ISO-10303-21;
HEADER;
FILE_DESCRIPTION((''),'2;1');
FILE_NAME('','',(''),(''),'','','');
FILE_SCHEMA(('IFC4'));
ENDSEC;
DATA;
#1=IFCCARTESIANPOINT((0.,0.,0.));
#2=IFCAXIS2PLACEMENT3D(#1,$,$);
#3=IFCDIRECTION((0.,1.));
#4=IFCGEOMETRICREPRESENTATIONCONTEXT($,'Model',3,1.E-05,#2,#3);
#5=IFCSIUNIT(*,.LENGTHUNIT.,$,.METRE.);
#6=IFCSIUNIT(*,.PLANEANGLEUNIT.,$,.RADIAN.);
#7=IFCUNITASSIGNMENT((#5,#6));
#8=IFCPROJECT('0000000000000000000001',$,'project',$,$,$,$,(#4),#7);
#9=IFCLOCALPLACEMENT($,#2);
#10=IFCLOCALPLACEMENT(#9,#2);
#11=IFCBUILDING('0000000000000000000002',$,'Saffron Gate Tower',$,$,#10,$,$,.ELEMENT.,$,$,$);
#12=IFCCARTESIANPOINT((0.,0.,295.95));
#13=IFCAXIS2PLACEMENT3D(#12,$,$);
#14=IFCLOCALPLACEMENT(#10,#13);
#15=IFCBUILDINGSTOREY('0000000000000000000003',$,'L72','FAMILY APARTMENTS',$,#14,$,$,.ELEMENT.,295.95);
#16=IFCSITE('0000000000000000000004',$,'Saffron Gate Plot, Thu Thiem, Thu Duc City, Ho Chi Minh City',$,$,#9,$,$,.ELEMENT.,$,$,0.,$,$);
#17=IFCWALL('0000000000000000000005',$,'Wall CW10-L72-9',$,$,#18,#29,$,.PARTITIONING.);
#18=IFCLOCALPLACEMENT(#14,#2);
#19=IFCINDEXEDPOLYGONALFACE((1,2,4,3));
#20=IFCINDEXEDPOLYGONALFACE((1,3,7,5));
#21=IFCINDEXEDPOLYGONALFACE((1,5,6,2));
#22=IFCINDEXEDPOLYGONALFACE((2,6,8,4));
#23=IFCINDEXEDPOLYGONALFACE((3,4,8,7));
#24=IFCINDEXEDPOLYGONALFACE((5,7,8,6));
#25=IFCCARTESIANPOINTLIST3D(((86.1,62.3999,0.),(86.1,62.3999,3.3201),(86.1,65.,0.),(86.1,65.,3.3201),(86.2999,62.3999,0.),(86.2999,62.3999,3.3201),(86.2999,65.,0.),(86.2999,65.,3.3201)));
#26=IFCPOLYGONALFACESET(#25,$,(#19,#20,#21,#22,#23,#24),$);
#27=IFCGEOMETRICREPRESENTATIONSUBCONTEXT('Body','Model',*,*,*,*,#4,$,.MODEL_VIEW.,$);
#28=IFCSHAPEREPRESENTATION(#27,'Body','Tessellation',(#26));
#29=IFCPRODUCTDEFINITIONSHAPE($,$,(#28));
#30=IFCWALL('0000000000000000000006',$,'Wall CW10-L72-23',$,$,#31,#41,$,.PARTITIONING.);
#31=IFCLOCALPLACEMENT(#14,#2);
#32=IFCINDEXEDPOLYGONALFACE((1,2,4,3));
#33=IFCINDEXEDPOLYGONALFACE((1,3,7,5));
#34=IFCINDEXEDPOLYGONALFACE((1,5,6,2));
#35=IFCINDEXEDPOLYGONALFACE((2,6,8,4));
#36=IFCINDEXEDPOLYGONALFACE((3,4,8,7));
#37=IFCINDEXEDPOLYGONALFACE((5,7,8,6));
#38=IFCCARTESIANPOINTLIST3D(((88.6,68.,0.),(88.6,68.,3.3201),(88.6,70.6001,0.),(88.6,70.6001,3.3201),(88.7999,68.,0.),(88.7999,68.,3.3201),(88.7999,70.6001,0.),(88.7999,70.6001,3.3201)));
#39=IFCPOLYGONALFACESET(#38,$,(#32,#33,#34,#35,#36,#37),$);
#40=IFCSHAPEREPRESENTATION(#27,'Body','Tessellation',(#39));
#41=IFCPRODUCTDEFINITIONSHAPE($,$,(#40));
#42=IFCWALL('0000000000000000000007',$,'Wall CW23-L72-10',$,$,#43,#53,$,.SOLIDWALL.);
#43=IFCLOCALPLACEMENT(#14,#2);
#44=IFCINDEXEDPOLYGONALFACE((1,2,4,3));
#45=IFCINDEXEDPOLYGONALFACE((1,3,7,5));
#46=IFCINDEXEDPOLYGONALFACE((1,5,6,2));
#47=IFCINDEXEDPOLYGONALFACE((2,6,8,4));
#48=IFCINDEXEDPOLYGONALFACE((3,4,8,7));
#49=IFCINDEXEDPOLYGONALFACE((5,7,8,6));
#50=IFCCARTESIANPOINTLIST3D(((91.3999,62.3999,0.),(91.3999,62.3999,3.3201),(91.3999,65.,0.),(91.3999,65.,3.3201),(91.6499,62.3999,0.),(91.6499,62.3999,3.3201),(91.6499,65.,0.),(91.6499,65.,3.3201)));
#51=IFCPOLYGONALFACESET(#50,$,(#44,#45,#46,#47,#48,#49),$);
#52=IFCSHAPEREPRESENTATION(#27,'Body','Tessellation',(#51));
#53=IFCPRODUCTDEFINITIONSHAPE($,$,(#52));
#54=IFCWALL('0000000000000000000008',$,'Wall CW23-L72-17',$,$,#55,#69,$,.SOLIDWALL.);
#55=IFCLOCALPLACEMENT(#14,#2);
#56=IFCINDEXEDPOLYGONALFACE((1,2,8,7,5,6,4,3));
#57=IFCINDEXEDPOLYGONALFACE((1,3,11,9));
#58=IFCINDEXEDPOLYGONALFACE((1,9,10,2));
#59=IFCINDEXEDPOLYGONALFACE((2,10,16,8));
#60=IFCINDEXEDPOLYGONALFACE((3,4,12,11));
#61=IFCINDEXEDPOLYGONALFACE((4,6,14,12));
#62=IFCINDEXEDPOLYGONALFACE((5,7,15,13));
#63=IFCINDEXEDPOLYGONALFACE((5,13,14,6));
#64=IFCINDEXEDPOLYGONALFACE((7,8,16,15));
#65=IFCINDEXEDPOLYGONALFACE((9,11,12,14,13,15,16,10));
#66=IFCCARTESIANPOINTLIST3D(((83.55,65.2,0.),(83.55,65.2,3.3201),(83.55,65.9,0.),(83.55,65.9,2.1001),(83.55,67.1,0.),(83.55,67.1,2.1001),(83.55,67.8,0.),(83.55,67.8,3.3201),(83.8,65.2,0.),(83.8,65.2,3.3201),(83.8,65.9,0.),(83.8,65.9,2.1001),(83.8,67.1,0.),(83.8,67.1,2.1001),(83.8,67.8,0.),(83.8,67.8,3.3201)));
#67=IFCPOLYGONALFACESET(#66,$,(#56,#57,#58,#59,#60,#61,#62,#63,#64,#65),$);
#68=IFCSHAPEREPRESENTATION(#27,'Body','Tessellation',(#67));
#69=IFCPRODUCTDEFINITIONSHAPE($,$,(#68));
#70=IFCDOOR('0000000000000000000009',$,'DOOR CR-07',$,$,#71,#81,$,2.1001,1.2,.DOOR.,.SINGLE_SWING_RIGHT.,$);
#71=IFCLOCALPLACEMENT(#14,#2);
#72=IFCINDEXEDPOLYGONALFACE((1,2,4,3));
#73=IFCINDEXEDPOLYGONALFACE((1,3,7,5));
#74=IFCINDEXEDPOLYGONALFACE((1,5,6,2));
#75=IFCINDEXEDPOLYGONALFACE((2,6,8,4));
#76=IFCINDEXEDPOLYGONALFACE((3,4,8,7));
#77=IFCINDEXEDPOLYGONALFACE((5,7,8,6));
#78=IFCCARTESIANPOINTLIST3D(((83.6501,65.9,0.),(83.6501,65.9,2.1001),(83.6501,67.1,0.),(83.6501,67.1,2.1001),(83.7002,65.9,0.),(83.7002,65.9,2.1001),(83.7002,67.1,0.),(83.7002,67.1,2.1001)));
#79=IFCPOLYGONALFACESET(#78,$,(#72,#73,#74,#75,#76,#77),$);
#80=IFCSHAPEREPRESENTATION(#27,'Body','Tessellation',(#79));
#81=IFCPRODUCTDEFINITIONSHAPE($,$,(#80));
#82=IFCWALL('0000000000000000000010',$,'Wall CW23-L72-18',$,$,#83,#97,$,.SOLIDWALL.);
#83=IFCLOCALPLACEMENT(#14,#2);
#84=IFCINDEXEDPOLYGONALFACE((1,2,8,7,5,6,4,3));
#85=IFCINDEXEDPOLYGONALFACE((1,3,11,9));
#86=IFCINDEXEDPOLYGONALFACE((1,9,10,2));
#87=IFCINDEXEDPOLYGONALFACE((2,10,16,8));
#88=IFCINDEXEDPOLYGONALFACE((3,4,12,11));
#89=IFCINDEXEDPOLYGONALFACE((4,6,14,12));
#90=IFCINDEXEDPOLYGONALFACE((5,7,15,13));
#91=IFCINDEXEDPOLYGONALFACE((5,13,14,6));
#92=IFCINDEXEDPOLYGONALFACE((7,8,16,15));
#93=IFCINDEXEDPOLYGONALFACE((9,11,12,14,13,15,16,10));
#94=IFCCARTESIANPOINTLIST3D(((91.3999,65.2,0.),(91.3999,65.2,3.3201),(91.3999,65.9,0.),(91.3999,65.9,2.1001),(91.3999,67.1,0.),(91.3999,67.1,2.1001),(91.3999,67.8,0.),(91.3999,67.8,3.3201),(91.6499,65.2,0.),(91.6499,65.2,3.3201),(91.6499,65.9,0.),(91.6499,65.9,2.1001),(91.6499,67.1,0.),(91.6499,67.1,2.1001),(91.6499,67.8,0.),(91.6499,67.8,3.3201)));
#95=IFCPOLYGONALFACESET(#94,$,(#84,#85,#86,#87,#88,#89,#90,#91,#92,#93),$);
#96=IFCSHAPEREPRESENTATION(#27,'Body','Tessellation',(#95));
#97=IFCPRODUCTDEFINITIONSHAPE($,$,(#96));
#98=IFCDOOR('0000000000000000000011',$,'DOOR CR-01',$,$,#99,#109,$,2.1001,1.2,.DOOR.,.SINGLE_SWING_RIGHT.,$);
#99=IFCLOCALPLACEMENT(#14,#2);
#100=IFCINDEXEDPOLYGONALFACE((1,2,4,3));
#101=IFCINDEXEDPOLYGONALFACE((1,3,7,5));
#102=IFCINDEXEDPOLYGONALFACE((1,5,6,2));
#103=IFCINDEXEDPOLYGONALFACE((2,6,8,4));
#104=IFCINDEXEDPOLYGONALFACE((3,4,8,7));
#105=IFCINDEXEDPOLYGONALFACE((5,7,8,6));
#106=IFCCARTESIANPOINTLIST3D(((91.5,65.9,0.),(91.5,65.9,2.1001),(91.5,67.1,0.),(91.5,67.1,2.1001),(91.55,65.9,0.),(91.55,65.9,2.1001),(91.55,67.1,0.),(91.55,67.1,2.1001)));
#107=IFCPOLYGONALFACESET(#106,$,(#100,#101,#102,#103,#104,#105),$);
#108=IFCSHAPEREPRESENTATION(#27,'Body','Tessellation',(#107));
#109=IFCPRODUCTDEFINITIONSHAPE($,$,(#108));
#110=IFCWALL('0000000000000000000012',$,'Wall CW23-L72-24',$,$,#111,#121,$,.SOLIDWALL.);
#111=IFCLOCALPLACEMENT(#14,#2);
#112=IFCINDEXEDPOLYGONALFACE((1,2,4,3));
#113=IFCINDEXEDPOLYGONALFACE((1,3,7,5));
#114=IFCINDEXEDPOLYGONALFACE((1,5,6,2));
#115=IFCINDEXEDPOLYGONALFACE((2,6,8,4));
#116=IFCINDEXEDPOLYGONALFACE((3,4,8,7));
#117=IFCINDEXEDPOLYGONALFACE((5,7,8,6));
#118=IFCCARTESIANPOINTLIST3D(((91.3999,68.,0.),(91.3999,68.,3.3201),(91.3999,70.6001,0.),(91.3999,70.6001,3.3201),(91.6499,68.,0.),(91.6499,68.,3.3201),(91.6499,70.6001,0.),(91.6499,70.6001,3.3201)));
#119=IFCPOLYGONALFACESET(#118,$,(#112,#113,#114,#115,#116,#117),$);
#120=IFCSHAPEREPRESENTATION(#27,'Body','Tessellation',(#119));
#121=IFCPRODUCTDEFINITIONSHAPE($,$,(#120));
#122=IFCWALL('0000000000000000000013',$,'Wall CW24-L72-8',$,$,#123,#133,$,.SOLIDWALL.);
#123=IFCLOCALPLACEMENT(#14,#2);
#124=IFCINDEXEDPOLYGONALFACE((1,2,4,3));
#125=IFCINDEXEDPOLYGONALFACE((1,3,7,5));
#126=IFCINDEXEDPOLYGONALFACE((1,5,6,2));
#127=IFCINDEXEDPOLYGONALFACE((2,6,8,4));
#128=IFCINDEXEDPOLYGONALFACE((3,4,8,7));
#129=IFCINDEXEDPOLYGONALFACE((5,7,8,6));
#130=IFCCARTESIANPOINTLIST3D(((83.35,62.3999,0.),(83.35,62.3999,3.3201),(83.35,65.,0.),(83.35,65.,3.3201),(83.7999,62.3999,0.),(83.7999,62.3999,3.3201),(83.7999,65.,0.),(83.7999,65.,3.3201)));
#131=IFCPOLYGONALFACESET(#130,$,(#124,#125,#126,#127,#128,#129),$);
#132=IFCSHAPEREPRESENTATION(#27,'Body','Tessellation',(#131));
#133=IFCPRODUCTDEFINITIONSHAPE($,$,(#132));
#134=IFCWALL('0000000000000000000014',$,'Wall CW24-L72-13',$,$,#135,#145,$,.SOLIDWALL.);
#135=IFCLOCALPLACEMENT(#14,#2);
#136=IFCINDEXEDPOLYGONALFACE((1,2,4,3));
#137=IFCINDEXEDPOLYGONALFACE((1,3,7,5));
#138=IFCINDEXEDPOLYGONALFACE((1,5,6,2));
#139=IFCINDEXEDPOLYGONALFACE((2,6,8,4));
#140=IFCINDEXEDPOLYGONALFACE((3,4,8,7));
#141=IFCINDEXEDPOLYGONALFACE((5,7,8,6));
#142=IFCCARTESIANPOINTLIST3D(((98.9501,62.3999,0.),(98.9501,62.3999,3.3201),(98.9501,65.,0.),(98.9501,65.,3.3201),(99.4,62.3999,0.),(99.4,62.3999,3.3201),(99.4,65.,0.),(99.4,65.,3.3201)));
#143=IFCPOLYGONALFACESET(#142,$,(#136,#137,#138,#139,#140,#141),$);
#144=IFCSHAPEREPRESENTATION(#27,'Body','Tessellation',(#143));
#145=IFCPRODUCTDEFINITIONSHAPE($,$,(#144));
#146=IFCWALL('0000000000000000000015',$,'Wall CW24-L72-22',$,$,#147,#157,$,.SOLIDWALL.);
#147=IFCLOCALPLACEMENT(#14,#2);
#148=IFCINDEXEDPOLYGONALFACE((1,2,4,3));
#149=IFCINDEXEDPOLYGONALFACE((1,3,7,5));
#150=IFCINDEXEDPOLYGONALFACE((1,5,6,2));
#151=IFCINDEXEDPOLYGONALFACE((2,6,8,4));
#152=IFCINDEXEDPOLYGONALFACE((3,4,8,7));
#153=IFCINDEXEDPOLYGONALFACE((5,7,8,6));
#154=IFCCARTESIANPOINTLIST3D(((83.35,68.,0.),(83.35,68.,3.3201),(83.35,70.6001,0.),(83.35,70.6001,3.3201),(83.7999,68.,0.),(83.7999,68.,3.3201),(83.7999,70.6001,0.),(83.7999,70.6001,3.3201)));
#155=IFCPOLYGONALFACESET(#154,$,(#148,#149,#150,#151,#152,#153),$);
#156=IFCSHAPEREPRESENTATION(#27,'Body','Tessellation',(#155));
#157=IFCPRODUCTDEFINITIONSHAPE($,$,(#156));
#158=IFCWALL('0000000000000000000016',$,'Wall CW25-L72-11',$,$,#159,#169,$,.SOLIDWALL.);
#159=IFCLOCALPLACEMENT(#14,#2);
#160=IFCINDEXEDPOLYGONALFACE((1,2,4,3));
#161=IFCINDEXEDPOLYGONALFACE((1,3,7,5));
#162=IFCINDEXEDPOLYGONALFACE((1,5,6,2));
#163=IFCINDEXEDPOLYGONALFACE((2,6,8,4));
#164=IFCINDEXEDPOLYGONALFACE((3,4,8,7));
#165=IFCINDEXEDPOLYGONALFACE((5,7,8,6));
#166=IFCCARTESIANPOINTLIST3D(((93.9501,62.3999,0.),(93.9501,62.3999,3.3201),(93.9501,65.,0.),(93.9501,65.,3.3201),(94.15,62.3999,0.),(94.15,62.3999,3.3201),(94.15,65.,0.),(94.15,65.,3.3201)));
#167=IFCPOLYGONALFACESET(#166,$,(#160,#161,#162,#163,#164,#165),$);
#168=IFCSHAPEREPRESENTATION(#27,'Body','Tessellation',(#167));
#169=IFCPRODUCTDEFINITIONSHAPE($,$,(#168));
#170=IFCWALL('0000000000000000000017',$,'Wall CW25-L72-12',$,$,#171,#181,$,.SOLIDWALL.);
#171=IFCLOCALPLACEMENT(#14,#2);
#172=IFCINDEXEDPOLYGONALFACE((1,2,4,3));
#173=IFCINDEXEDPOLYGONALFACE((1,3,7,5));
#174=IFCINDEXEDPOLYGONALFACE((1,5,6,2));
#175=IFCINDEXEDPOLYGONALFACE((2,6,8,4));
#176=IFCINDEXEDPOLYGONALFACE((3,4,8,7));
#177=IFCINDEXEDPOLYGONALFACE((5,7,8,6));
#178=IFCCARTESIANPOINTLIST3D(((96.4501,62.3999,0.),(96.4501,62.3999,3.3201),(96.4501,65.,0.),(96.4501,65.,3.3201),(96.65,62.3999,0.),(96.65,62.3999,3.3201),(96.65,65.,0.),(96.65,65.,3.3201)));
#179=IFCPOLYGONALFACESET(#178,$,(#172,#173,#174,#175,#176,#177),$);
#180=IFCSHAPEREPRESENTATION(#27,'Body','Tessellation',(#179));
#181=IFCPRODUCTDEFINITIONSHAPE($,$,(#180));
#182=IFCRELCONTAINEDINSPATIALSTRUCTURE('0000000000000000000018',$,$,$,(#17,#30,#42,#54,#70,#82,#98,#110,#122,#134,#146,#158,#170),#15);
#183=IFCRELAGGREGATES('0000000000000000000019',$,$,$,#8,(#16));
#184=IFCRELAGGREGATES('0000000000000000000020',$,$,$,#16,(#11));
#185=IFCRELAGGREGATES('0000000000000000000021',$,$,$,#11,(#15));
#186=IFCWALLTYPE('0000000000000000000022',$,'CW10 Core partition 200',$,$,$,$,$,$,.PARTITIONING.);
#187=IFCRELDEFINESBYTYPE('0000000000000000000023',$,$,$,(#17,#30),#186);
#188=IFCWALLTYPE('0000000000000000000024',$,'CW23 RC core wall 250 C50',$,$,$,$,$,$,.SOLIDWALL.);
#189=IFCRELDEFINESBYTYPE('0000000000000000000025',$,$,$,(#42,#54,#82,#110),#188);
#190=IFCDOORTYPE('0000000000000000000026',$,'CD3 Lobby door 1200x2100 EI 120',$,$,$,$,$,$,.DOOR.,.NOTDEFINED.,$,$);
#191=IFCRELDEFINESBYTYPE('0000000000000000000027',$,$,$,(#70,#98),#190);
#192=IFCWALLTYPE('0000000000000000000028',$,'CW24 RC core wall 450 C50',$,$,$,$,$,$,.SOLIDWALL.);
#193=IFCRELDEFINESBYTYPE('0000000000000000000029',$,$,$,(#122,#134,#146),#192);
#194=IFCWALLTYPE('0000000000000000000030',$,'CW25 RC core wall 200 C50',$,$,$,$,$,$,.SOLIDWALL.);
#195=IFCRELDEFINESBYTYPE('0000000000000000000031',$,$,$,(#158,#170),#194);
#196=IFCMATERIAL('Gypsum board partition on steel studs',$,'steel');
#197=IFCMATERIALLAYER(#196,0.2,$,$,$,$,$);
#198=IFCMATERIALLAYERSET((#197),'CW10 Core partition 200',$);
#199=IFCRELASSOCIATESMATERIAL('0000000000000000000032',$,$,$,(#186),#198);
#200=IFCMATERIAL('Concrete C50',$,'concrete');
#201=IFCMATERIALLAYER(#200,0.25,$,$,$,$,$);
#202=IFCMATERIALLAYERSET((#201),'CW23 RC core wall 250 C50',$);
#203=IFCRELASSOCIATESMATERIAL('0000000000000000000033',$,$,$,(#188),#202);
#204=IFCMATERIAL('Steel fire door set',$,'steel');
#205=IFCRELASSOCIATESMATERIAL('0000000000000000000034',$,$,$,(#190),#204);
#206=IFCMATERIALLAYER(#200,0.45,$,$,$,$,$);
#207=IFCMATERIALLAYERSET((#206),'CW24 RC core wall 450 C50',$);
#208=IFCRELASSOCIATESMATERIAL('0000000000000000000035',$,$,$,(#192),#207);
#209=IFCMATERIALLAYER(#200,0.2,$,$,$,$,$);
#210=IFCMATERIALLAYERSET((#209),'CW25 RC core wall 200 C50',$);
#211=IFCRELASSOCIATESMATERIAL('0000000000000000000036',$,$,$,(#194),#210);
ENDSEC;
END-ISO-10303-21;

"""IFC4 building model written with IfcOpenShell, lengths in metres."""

from ifc_helpers import new_model, si_unit, direction, frame, frame_2d, origin, place, context, subcontext, project, spatial, rectangle, extrude, material, layer, layer_set, type_object, element, fill, save


model = new_model("IFC4")

# Units and contexts
model_context = context("Model", 3, precision=1e-05, world=origin(), true_north=direction((0.0, 1.0)))
body_context = subcontext(model_context, "Body", "Model", "MODEL_VIEW")
ifc_project = project(units=[si_unit("LENGTHUNIT", "METRE"), si_unit("PLANEANGLEUNIT", "RADIAN")], contexts=[model_context])

# Site, building, storey
site_placement = place(None, origin())
site = spatial("IfcSite", under=ifc_project, at=site_placement, Name="Saffron Gate Plot, Thu Thiem, Thu Duc City, Ho Chi Minh City", CompositionType="ELEMENT", RefElevation=0.0)
building_placement = place(site_placement, origin())
building = spatial("IfcBuilding", under=site, at=building_placement, Name="Saffron Gate Tower", CompositionType="ELEMENT")
storey_placement = place(building_placement, frame((0.0, 0.0, 295.95)))
storey = spatial("IfcBuildingStorey", under=building, at=storey_placement, Name="L72", Description="FAMILY APARTMENTS", CompositionType="ELEMENT", Elevation=295.95)

# Walls
ifc_material_1 = material(Name="Gypsum board partition on steel studs", Category="steel")
ifc_layer_1 = layer(ifc_material_1, 0.2)
ifc_layer_set_1 = layer_set([ifc_layer_1], Name="CW10 Core partition 200")
wall_type_1 = type_object("IfcWallType", Name="CW10 Core partition 200", PredefinedType="PARTITIONING", material=ifc_layer_set_1)
for number, where, z_axis, x_axis, name in (
    (1, (86.2, 62.3999, 0.0), (0.0, 0.0, 1.0), (0.0, 1.0, 0.0), "Wall CW10-L72-9"),
    (2, (88.7, 68.0, 0.0), (0.0, 0.0, 1.0), (0.0, 1.0, 0.0), "Wall CW10-L72-23"),
):
    element("IfcWall", number, at=place(storey_placement, frame(where, z_axis=z_axis, x_axis=x_axis)), inside=storey, type_object=wall_type_1, Name=name, PredefinedType="PARTITIONING", context=body_context, shape_type="SweptSolid", body=[
        extrude(rectangle(XDim=2.6001, YDim=0.2, at=frame_2d((1.3, 0.0))), origin(), (0.0, 0.0, 1.0), 3.3201),
    ])
ifc_material_2 = material(Name="Concrete C50", Category="concrete")
ifc_layer_2 = layer(ifc_material_2, 0.25)
ifc_layer_set_2 = layer_set([ifc_layer_2], Name="CW23 RC core wall 250 C50")
wall_type_2 = type_object("IfcWallType", Name="CW23 RC core wall 250 C50", PredefinedType="SOLIDWALL", material=ifc_layer_set_2)
wall_1_placement = place(storey_placement, frame((91.5249, 62.3999, 0.0), z_axis=(0.0, 0.0, 1.0), x_axis=(0.0, 1.0, 0.0)))
element("IfcWall", 3, at=wall_1_placement, inside=storey, type_object=wall_type_2, Name="Wall CW23-L72-10", PredefinedType="SOLIDWALL", context=body_context, shape_type="SweptSolid", body=[
    extrude(rectangle(XDim=2.6001, YDim=0.25, at=frame_2d((1.3, 0.0))), origin(), (0.0, 0.0, 1.0), 3.3201),
])

# Walls, openings, doors
wall_2_placement = place(storey_placement, frame((83.675, 65.2, 0.0), z_axis=(0.0, 0.0, 1.0), x_axis=(0.0, 1.0, 0.0)))
wall_2 = element("IfcWall", 4, at=wall_2_placement, inside=storey, type_object=wall_type_2, Name="Wall CW23-L72-17", PredefinedType="SOLIDWALL", context=body_context, shape_type="SweptSolid", body=[
    extrude(rectangle(XDim=2.6001, YDim=0.25, at=frame_2d((1.3, 0.0))), origin(), (0.0, 0.0, 1.0), 3.3201),
])
opening_1_placement = place(wall_2_placement, frame((0.7, 0.0, 0.0)))
opening_1 = element("IfcOpeningElement", 5, at=opening_1_placement, cuts=wall_2, PredefinedType="OPENING", context=body_context, shape_type="SweptSolid", body=[
    extrude(rectangle(XDim=1.2, YDim=2.1001, at=frame_2d((0.6001, 1.05))), frame((0.0, 0.135, 0.0), z_axis=(0.0, -1.0, 0.0), x_axis=(1.0, 0.0, 0.0)), (0.0, 0.0, 1.0), 0.27),
])
ifc_material_3 = material(Name="Steel fire door set", Category="steel")
door_type_1 = type_object("IfcDoorType", Name="CD3 Lobby door 1200x2100 EI 120", OperationType="NOTDEFINED", PredefinedType="DOOR", material=ifc_material_3)
door_1_placement = place(opening_1_placement, origin())
door_1 = element("IfcDoor", 6, at=door_1_placement, inside=storey, type_object=door_type_1, Name="DOOR CR-07", OperationType="SINGLE_SWING_RIGHT", OverallHeight=2.1001, OverallWidth=1.2, PredefinedType="DOOR", context=body_context, shape_type="SweptSolid", body=[
    extrude(rectangle(XDim=1.2, YDim=2.1001, at=frame_2d((0.6001, 1.05))), frame((0.0, 0.0249, 0.0), z_axis=(0.0, -1.0, 0.0), x_axis=(1.0, 0.0, 0.0)), (0.0, 0.0, 1.0), 0.05),
])
fill(opening_1, door_1)
wall_3_placement = place(storey_placement, frame((91.5249, 65.2, 0.0), z_axis=(0.0, 0.0, 1.0), x_axis=(0.0, 1.0, 0.0)))
wall_3 = element("IfcWall", 7, at=wall_3_placement, inside=storey, type_object=wall_type_2, Name="Wall CW23-L72-18", PredefinedType="SOLIDWALL", context=body_context, shape_type="SweptSolid", body=[
    extrude(rectangle(XDim=2.6001, YDim=0.25, at=frame_2d((1.3, 0.0))), origin(), (0.0, 0.0, 1.0), 3.3201),
])
opening_2_placement = place(wall_3_placement, frame((0.7, 0.0, 0.0)))
opening_2 = element("IfcOpeningElement", 8, at=opening_2_placement, cuts=wall_3, PredefinedType="OPENING", context=body_context, shape_type="SweptSolid", body=[
    extrude(rectangle(XDim=1.2, YDim=2.1001, at=frame_2d((0.6001, 1.05))), frame((0.0, 0.135, 0.0), z_axis=(0.0, -1.0, 0.0), x_axis=(1.0, 0.0, 0.0)), (0.0, 0.0, 1.0), 0.27),
])
door_2_placement = place(opening_2_placement, origin())
door_2 = element("IfcDoor", 9, at=door_2_placement, inside=storey, type_object=door_type_1, Name="DOOR CR-01", OperationType="SINGLE_SWING_RIGHT", OverallHeight=2.1001, OverallWidth=1.2, PredefinedType="DOOR", context=body_context, shape_type="SweptSolid", body=[
    extrude(rectangle(XDim=1.2, YDim=2.1001, at=frame_2d((0.6001, 1.05))), frame((0.0, 0.0249, 0.0), z_axis=(0.0, -1.0, 0.0), x_axis=(1.0, 0.0, 0.0)), (0.0, 0.0, 1.0), 0.05),
])
fill(opening_2, door_2)

# Walls
wall_4_placement = place(storey_placement, frame((91.5249, 68.0, 0.0), z_axis=(0.0, 0.0, 1.0), x_axis=(0.0, 1.0, 0.0)))
element("IfcWall", 10, at=wall_4_placement, inside=storey, type_object=wall_type_2, Name="Wall CW23-L72-24", PredefinedType="SOLIDWALL", context=body_context, shape_type="SweptSolid", body=[
    extrude(rectangle(XDim=2.6001, YDim=0.25, at=frame_2d((1.3, 0.0))), origin(), (0.0, 0.0, 1.0), 3.3201),
])
ifc_layer_3 = layer(ifc_material_2, 0.45)
ifc_layer_set_3 = layer_set([ifc_layer_3], Name="CW24 RC core wall 450 C50")
wall_type_3 = type_object("IfcWallType", Name="CW24 RC core wall 450 C50", PredefinedType="SOLIDWALL", material=ifc_layer_set_3)
for number, where, z_axis, x_axis, name in (
    (11, (83.575, 62.3999, 0.0), (0.0, 0.0, 1.0), (0.0, 1.0, 0.0), "Wall CW24-L72-8"),
    (12, (99.175, 62.3999, 0.0), (0.0, 0.0, 1.0), (0.0, 1.0, 0.0), "Wall CW24-L72-13"),
    (13, (83.575, 68.0, 0.0), (0.0, 0.0, 1.0), (0.0, 1.0, 0.0), "Wall CW24-L72-22"),
):
    element("IfcWall", number, at=place(storey_placement, frame(where, z_axis=z_axis, x_axis=x_axis)), inside=storey, type_object=wall_type_3, Name=name, PredefinedType="SOLIDWALL", context=body_context, shape_type="SweptSolid", body=[
        extrude(rectangle(XDim=2.6001, YDim=0.45, at=frame_2d((1.3, 0.0))), origin(), (0.0, 0.0, 1.0), 3.3201),
    ])
ifc_layer_4 = layer(ifc_material_2, 0.2)
ifc_layer_set_4 = layer_set([ifc_layer_4], Name="CW25 RC core wall 200 C50")
wall_type_4 = type_object("IfcWallType", Name="CW25 RC core wall 200 C50", PredefinedType="SOLIDWALL", material=ifc_layer_set_4)
for number, where, z_axis, x_axis, name in (
    (14, (94.05, 62.3999, 0.0), (0.0, 0.0, 1.0), (0.0, 1.0, 0.0), "Wall CW25-L72-11"),
    (15, (96.55, 62.3999, 0.0), (0.0, 0.0, 1.0), (0.0, 1.0, 0.0), "Wall CW25-L72-12"),
):
    element("IfcWall", number, at=place(storey_placement, frame(where, z_axis=z_axis, x_axis=x_axis)), inside=storey, type_object=wall_type_4, Name=name, PredefinedType="SOLIDWALL", context=body_context, shape_type="SweptSolid", body=[
        extrude(rectangle(XDim=2.6001, YDim=0.2, at=frame_2d((1.3, 0.0))), origin(), (0.0, 0.0, 1.0), 3.3201),
    ])

save(model, "model.ifc")
